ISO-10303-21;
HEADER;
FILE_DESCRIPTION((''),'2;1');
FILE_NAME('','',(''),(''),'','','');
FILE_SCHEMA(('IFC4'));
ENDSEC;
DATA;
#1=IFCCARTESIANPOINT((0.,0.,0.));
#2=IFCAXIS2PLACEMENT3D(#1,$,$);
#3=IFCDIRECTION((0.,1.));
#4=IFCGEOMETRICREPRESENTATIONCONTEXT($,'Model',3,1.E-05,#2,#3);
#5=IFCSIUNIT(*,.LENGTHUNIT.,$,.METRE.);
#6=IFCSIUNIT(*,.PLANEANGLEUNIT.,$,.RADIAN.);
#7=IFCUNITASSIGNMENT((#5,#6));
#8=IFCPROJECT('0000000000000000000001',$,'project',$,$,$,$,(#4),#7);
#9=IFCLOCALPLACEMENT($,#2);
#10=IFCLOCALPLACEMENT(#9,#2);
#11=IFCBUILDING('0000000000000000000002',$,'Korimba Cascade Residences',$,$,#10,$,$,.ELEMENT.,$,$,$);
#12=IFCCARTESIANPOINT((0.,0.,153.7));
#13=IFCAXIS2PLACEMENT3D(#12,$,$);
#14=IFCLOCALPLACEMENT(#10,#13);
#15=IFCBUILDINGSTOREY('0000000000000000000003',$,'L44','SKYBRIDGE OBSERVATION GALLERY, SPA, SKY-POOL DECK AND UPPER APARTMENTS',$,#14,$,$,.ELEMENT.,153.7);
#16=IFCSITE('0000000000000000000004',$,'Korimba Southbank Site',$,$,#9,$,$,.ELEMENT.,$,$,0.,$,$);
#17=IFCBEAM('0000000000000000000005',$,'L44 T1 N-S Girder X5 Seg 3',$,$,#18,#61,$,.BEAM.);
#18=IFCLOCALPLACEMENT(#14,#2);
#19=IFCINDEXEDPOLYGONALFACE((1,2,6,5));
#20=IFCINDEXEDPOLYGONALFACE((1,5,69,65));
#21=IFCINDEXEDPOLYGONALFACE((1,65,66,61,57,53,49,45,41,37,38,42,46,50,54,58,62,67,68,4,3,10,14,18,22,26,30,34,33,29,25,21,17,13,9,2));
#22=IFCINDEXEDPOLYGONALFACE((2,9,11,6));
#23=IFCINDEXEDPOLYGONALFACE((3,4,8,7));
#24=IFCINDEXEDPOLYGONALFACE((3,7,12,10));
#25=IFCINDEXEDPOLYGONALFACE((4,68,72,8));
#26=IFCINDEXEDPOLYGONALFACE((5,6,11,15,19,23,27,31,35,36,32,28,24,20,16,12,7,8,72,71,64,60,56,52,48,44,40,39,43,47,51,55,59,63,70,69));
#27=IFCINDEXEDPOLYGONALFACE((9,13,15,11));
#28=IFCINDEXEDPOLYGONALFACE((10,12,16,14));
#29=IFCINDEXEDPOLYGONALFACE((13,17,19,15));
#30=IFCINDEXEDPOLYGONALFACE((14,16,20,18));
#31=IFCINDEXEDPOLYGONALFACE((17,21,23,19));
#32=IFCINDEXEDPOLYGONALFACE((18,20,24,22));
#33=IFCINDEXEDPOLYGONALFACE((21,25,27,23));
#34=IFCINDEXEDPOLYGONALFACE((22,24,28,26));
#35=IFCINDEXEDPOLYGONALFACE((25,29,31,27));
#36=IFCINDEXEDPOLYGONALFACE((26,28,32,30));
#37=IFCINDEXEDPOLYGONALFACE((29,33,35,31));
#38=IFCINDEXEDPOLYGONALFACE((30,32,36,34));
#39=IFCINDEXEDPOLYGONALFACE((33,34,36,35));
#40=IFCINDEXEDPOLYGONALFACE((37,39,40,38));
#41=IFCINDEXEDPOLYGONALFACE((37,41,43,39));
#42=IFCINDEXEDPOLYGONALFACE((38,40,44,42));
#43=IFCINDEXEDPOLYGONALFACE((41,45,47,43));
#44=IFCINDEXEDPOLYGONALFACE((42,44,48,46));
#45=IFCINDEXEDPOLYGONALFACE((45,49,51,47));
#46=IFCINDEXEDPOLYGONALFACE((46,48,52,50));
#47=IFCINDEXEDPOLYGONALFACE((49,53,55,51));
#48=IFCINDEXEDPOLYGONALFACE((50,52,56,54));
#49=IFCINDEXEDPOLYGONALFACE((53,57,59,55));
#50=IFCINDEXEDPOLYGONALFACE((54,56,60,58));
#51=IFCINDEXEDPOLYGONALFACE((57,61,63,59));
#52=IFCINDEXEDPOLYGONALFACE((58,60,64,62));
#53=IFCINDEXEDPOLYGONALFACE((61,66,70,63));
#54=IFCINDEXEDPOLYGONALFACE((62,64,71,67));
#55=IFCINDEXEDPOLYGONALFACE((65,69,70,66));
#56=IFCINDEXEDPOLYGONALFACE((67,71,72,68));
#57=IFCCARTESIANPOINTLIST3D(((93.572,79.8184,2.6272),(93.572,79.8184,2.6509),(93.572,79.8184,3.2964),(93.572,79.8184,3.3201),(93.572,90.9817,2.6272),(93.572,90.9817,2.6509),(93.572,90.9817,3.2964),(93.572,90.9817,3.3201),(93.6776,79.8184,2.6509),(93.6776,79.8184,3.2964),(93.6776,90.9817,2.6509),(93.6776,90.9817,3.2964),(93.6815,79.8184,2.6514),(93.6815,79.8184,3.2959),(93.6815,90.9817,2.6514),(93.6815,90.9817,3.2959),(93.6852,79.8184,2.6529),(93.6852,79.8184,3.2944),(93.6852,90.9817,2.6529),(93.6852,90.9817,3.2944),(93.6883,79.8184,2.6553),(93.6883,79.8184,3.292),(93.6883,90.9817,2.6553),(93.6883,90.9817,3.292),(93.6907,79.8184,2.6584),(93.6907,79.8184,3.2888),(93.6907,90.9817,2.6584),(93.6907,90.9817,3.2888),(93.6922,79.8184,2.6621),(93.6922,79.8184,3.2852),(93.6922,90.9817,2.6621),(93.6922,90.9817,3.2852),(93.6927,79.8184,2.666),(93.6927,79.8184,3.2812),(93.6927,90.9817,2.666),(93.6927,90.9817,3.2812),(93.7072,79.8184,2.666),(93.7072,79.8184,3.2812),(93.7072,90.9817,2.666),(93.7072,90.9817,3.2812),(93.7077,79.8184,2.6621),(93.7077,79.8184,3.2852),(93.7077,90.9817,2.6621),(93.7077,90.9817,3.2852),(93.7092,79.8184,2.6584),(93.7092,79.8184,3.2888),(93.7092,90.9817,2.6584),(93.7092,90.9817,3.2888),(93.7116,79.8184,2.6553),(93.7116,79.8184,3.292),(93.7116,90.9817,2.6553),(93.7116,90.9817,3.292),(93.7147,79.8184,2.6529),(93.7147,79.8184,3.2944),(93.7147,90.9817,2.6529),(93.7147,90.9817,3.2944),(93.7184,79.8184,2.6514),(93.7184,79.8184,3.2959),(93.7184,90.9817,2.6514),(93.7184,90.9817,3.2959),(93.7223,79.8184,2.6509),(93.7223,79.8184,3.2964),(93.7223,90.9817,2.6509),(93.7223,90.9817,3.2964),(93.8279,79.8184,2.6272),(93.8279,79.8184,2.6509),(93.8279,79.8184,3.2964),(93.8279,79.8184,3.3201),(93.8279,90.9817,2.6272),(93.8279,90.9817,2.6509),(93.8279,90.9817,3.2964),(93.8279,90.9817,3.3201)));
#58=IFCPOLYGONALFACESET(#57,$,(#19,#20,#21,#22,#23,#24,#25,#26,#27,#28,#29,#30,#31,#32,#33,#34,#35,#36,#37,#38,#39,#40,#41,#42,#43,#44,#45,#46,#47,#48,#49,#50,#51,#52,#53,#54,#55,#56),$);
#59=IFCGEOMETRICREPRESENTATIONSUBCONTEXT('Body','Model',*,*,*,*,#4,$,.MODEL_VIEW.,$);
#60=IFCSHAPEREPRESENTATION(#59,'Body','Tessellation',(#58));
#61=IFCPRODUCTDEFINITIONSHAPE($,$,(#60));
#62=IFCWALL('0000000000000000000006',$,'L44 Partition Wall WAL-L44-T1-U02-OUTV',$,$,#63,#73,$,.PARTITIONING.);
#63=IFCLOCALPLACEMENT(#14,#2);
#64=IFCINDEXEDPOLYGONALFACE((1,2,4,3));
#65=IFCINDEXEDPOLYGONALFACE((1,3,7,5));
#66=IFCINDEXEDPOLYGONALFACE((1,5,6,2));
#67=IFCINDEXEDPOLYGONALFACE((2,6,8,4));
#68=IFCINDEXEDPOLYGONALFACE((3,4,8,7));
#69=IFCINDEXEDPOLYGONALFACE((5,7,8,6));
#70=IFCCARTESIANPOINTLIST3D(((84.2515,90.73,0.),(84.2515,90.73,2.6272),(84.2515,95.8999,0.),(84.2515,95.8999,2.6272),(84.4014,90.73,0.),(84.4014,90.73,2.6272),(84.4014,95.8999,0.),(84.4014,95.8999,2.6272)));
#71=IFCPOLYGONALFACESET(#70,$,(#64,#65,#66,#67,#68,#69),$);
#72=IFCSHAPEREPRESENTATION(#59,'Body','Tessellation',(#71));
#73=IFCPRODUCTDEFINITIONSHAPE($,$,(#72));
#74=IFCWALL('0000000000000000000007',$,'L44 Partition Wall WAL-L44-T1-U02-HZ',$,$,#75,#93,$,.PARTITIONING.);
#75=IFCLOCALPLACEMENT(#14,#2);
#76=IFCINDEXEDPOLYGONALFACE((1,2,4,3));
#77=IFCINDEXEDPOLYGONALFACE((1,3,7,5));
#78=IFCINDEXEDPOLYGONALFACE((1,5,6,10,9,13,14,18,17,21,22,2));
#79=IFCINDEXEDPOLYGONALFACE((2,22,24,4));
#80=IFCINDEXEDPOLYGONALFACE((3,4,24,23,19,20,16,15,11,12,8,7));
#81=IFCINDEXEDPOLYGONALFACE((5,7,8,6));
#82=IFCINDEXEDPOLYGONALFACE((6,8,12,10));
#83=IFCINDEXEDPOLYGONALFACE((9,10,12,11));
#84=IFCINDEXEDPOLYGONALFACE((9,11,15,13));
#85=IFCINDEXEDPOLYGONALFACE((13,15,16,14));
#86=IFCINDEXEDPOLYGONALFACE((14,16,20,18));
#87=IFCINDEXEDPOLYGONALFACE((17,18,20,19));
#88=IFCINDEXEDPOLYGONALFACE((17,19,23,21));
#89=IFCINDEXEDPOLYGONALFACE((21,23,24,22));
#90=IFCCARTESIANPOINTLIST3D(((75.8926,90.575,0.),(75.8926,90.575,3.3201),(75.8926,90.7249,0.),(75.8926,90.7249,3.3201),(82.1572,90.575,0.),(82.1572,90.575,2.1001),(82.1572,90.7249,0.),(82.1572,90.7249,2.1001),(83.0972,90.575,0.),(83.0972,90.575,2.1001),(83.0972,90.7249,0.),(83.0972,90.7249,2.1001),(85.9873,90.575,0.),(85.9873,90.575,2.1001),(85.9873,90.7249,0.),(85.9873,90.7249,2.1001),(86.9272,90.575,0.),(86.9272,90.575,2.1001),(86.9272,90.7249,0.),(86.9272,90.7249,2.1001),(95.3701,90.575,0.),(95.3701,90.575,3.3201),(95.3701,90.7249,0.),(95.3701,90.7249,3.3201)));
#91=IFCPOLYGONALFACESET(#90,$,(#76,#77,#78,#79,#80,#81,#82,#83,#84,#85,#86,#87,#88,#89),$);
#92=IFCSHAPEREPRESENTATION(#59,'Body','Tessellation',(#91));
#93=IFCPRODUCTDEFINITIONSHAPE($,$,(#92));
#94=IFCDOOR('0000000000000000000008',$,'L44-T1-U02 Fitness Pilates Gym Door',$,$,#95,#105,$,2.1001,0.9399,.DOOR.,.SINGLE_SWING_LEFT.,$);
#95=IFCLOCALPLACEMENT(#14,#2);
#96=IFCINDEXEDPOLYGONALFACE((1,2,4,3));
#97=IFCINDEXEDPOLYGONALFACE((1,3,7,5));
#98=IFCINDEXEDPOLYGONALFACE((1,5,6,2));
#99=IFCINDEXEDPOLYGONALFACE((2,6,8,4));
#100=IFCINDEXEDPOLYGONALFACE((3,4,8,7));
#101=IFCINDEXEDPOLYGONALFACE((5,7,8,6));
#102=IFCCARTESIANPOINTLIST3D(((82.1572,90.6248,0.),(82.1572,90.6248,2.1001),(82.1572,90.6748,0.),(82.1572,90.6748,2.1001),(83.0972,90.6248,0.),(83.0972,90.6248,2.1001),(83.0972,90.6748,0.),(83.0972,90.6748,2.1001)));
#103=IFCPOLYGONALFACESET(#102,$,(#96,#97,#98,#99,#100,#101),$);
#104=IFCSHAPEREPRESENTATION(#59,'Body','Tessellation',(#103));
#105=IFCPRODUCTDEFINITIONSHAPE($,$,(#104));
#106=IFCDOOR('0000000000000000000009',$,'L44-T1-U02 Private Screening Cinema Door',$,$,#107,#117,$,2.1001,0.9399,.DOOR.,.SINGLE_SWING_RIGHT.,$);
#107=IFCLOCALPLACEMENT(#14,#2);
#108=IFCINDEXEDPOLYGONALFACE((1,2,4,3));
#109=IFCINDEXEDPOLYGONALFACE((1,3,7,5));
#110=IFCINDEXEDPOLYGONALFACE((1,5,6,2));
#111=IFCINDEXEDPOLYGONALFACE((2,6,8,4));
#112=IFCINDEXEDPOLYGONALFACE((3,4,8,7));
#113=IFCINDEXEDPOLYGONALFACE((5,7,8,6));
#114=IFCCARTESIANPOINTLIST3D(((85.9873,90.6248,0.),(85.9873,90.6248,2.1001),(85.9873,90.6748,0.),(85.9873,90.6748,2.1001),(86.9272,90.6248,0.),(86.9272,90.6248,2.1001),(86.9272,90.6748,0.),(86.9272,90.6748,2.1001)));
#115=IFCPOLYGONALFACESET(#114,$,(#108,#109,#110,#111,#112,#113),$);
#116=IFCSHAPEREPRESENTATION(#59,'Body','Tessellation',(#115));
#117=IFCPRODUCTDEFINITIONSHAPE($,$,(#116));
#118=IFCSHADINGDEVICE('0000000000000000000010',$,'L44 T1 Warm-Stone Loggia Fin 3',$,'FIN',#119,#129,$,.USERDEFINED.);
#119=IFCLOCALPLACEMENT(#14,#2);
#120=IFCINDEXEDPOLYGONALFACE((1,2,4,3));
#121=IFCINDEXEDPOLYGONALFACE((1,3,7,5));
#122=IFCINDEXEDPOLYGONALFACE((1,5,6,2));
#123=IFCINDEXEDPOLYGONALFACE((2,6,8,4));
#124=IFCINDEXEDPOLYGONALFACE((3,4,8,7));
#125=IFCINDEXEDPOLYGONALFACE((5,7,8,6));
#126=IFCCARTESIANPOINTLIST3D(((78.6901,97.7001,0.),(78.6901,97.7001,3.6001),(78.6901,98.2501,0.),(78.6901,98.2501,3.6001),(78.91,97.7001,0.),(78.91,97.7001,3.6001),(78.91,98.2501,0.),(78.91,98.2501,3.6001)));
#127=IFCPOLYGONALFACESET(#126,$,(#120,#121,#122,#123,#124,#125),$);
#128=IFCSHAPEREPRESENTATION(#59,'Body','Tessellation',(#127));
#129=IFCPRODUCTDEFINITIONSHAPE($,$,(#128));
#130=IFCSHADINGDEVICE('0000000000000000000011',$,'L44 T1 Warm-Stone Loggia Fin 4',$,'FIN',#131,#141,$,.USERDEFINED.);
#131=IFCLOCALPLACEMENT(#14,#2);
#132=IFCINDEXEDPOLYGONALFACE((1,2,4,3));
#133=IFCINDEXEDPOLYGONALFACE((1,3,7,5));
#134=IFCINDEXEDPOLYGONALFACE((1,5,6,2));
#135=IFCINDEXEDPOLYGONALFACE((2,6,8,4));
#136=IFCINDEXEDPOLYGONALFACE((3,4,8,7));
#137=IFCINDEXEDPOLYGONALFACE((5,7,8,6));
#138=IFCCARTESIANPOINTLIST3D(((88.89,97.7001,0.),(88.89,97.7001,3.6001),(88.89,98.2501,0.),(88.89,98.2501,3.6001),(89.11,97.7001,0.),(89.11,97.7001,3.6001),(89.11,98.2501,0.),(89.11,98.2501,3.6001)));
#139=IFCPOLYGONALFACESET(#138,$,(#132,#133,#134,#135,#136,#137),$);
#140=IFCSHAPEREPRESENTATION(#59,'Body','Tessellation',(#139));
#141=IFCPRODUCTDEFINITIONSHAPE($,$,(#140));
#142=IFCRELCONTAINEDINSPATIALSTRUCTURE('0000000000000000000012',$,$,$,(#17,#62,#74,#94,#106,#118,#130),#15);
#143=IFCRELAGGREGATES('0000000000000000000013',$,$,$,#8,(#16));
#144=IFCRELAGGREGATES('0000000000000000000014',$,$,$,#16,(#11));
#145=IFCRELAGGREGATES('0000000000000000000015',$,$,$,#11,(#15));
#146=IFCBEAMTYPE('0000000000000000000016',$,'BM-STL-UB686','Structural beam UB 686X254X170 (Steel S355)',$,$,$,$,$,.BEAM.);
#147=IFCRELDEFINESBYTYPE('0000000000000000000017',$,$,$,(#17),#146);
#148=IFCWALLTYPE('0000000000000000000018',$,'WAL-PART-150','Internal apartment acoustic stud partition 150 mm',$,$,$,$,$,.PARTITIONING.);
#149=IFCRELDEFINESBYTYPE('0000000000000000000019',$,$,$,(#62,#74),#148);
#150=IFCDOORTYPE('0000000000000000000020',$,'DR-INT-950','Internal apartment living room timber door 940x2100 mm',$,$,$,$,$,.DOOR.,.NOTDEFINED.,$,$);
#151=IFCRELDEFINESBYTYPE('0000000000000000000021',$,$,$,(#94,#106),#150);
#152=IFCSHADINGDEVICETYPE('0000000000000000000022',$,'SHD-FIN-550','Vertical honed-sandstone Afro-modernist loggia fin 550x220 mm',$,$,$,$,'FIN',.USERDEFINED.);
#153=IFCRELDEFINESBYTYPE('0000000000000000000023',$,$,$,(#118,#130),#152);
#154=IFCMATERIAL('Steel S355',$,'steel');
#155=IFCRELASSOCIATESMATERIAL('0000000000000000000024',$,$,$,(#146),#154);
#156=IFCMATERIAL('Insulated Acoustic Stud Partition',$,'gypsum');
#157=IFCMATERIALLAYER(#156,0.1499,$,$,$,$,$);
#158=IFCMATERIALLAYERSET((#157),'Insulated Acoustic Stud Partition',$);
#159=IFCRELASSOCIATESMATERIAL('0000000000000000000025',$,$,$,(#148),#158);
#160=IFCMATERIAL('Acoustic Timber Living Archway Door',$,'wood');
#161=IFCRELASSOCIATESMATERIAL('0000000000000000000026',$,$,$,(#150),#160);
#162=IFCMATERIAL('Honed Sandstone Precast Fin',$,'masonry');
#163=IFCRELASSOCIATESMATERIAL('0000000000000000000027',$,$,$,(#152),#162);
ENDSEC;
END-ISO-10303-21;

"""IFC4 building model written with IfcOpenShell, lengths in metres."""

from ifc_helpers import new_model, si_unit, direction, frame, frame_2d, origin, origin_2d, place, context, subcontext, project, spatial, rectangle, i_section, extrude, material, layer, layer_set, material_profile, profile_set, type_object, element, fill, save


model = new_model("IFC4")

# Units and contexts
model_context = context("Model", 3, precision=1e-05, world=origin(), true_north=direction((0.0, 1.0)))
body_context = subcontext(model_context, "Body", "Model", "MODEL_VIEW")
ifc_project = project(units=[si_unit("LENGTHUNIT", "METRE"), si_unit("PLANEANGLEUNIT", "RADIAN")], contexts=[model_context])

# Site, building, storey
site_placement = place(None, origin())
site = spatial("IfcSite", under=ifc_project, at=site_placement, Name="Korimba Southbank Site", CompositionType="ELEMENT", RefElevation=0.0)
building_placement = place(site_placement, origin())
building = spatial("IfcBuilding", under=site, at=building_placement, Name="Korimba Cascade Residences", CompositionType="ELEMENT")
storey_placement = place(building_placement, frame((0.0, 0.0, 153.7)))
storey = spatial("IfcBuildingStorey", under=building, at=storey_placement, Name="L44", Description="SKYBRIDGE OBSERVATION GALLERY, SPA, SKY-POOL DECK AND UPPER APARTMENTS", CompositionType="ELEMENT", Elevation=153.7)

# Beam
ifc_material_1 = material(Name="Steel S355", Category="steel")
ifc_material_profile_1 = material_profile(ifc_material_1, i_section(OverallWidth=0.2559, OverallDepth=0.6929, WebThickness=0.0144, FlangeThickness=0.0237, FilletRadius=0.0151, at=origin_2d()), Name="Steel S355")
ifc_profile_set_1 = profile_set([ifc_material_profile_1], Name="Steel S355")
beam_type_1 = type_object("IfcBeamType", Name="BM-STL-UB686", Description="Structural beam UB 686X254X170 (Steel S355)", PredefinedType="BEAM", material=ifc_profile_set_1)
for number, where, z_axis, x_axis, name in (
    (1, (93.7, 79.8184, 2.9736), (0.0, 1.0, 0.0), (-1.0, 0.0, 0.0), "L44 T1 N-S Girder X5 Seg 3"),
):
    element("IfcBeam", number, at=place(storey_placement, frame(where, z_axis=z_axis, x_axis=x_axis)), inside=storey, type_object=beam_type_1, Name=name, PredefinedType="BEAM", context=body_context, shape_type="SweptSolid", body=[
        extrude(i_section(OverallWidth=0.2559, OverallDepth=0.6929, WebThickness=0.0144, FlangeThickness=0.0237, FilletRadius=0.0151, at=origin_2d()), origin(), (0.0, 0.0, 1.0), 11.1633),
    ])

# Wall
ifc_material_2 = material(Name="Insulated Acoustic Stud Partition", Category="gypsum")
ifc_layer = layer(ifc_material_2, 0.1499)
ifc_layer_set = layer_set([ifc_layer], Name="Insulated Acoustic Stud Partition")
wall_type = type_object("IfcWallType", Name="WAL-PART-150", Description="Internal apartment acoustic stud partition 150 mm", PredefinedType="PARTITIONING", material=ifc_layer_set)
wall_1_placement = place(storey_placement, frame((84.3264, 90.73, 0.0), z_axis=(0.0, 0.0, 1.0), x_axis=(0.0, 1.0, 0.0)))
element("IfcWall", 2, at=wall_1_placement, inside=storey, type_object=wall_type, Name="L44 Partition Wall WAL-L44-T1-U02-OUTV", PredefinedType="PARTITIONING", context=body_context, shape_type="SweptSolid", body=[
    extrude(rectangle(XDim=5.1699, YDim=0.1499, at=frame_2d((2.585, 0.0))), origin(), (0.0, 0.0, 1.0), 2.6272),
])

# Wall, openings, doors
wall_2_placement = place(storey_placement, frame((75.8926, 90.6499, 0.0), z_axis=(0.0, 0.0, 1.0), x_axis=(1.0, 0.0, 0.0)))
wall_2 = element("IfcWall", 3, at=wall_2_placement, inside=storey, type_object=wall_type, Name="L44 Partition Wall WAL-L44-T1-U02-HZ", PredefinedType="PARTITIONING", context=body_context, shape_type="SweptSolid", body=[
    extrude(rectangle(XDim=19.4775, YDim=0.1499, at=frame_2d((9.7388, 0.0))), origin(), (0.0, 0.0, 1.0), 3.3201),
])
opening_1_placement = place(wall_2_placement, frame((6.2646, 0.0, 0.0)))
opening_1 = element("IfcOpeningElement", 4, at=opening_1_placement, cuts=wall_2, PredefinedType="OPENING", context=body_context, shape_type="SweptSolid", body=[
    extrude(rectangle(XDim=0.9399, YDim=2.1001, at=frame_2d((0.47, 1.05))), frame((0.0, 0.085, 0.0), z_axis=(0.0, -1.0, 0.0), x_axis=(1.0, 0.0, 0.0)), (0.0, 0.0, 1.0), 0.1699),
])
opening_2_placement = place(wall_2_placement, frame((10.0947, 0.0, 0.0)))
opening_2 = element("IfcOpeningElement", 5, at=opening_2_placement, cuts=wall_2, PredefinedType="OPENING", context=body_context, shape_type="SweptSolid", body=[
    extrude(rectangle(XDim=0.9399, YDim=2.1001, at=frame_2d((0.47, 1.05))), frame((0.0, 0.085, 0.0), z_axis=(0.0, -1.0, 0.0), x_axis=(1.0, 0.0, 0.0)), (0.0, 0.0, 1.0), 0.1699),
])
ifc_material_3 = material(Name="Acoustic Timber Living Archway Door", Category="wood")
door_type = type_object("IfcDoorType", Name="DR-INT-950", Description="Internal apartment living room timber door 940x2100 mm", OperationType="NOTDEFINED", PredefinedType="DOOR", material=ifc_material_3)
door_1_placement = place(opening_1_placement, origin())
door_1 = element("IfcDoor", 6, at=door_1_placement, inside=storey, type_object=door_type, Name="L44-T1-U02 Fitness Pilates Gym Door", OperationType="SINGLE_SWING_LEFT", OverallHeight=2.1001, OverallWidth=0.9399, PredefinedType="DOOR", context=body_context, shape_type="SweptSolid", body=[
    extrude(rectangle(XDim=0.9399, YDim=2.1001, at=frame_2d((0.47, 1.05))), frame((0.0, 0.0249, 0.0), z_axis=(0.0, -1.0, 0.0), x_axis=(1.0, 0.0, 0.0)), (0.0, 0.0, 1.0), 0.05),
])
fill(opening_1, door_1)
door_2_placement = place(opening_2_placement, origin())
door_2 = element("IfcDoor", 7, at=door_2_placement, inside=storey, type_object=door_type, Name="L44-T1-U02 Private Screening Cinema Door", OperationType="SINGLE_SWING_RIGHT", OverallHeight=2.1001, OverallWidth=0.9399, PredefinedType="DOOR", context=body_context, shape_type="SweptSolid", body=[
    extrude(rectangle(XDim=0.9399, YDim=2.1001, at=frame_2d((0.47, 1.05))), frame((0.0, 0.0249, 0.0), z_axis=(0.0, -1.0, 0.0), x_axis=(1.0, 0.0, 0.0)), (0.0, 0.0, 1.0), 0.05),
])
fill(opening_2, door_2)

# Shading devices
ifc_material_4 = material(Name="Honed Sandstone Precast Fin", Category="masonry")
shading_device_type = type_object("IfcShadingDeviceType", Name="SHD-FIN-550", Description="Vertical honed-sandstone Afro-modernist loggia fin 550x220 mm", ElementType="FIN", PredefinedType="USERDEFINED", material=ifc_material_4)
for number, where, z_axis, x_axis, name in (
    (8, (78.8, 97.9751, 0.0), (0.0, 0.0, 1.0), (1.0, 0.0, 0.0), "L44 T1 Warm-Stone Loggia Fin 3"),
    (9, (89.0, 97.9751, 0.0), (0.0, 0.0, 1.0), (1.0, 0.0, 0.0), "L44 T1 Warm-Stone Loggia Fin 4"),
):
    element("IfcShadingDevice", number, at=place(storey_placement, frame(where, z_axis=z_axis, x_axis=x_axis)), inside=storey, type_object=shading_device_type, Name=name, ObjectType="FIN", PredefinedType="USERDEFINED", context=body_context, shape_type="SweptSolid", body=[
        extrude(rectangle(XDim=0.22, YDim=0.55, at=origin_2d()), origin(), (0.0, 0.0, 1.0), 3.6001),
    ])

save(model, "model.ifc")
